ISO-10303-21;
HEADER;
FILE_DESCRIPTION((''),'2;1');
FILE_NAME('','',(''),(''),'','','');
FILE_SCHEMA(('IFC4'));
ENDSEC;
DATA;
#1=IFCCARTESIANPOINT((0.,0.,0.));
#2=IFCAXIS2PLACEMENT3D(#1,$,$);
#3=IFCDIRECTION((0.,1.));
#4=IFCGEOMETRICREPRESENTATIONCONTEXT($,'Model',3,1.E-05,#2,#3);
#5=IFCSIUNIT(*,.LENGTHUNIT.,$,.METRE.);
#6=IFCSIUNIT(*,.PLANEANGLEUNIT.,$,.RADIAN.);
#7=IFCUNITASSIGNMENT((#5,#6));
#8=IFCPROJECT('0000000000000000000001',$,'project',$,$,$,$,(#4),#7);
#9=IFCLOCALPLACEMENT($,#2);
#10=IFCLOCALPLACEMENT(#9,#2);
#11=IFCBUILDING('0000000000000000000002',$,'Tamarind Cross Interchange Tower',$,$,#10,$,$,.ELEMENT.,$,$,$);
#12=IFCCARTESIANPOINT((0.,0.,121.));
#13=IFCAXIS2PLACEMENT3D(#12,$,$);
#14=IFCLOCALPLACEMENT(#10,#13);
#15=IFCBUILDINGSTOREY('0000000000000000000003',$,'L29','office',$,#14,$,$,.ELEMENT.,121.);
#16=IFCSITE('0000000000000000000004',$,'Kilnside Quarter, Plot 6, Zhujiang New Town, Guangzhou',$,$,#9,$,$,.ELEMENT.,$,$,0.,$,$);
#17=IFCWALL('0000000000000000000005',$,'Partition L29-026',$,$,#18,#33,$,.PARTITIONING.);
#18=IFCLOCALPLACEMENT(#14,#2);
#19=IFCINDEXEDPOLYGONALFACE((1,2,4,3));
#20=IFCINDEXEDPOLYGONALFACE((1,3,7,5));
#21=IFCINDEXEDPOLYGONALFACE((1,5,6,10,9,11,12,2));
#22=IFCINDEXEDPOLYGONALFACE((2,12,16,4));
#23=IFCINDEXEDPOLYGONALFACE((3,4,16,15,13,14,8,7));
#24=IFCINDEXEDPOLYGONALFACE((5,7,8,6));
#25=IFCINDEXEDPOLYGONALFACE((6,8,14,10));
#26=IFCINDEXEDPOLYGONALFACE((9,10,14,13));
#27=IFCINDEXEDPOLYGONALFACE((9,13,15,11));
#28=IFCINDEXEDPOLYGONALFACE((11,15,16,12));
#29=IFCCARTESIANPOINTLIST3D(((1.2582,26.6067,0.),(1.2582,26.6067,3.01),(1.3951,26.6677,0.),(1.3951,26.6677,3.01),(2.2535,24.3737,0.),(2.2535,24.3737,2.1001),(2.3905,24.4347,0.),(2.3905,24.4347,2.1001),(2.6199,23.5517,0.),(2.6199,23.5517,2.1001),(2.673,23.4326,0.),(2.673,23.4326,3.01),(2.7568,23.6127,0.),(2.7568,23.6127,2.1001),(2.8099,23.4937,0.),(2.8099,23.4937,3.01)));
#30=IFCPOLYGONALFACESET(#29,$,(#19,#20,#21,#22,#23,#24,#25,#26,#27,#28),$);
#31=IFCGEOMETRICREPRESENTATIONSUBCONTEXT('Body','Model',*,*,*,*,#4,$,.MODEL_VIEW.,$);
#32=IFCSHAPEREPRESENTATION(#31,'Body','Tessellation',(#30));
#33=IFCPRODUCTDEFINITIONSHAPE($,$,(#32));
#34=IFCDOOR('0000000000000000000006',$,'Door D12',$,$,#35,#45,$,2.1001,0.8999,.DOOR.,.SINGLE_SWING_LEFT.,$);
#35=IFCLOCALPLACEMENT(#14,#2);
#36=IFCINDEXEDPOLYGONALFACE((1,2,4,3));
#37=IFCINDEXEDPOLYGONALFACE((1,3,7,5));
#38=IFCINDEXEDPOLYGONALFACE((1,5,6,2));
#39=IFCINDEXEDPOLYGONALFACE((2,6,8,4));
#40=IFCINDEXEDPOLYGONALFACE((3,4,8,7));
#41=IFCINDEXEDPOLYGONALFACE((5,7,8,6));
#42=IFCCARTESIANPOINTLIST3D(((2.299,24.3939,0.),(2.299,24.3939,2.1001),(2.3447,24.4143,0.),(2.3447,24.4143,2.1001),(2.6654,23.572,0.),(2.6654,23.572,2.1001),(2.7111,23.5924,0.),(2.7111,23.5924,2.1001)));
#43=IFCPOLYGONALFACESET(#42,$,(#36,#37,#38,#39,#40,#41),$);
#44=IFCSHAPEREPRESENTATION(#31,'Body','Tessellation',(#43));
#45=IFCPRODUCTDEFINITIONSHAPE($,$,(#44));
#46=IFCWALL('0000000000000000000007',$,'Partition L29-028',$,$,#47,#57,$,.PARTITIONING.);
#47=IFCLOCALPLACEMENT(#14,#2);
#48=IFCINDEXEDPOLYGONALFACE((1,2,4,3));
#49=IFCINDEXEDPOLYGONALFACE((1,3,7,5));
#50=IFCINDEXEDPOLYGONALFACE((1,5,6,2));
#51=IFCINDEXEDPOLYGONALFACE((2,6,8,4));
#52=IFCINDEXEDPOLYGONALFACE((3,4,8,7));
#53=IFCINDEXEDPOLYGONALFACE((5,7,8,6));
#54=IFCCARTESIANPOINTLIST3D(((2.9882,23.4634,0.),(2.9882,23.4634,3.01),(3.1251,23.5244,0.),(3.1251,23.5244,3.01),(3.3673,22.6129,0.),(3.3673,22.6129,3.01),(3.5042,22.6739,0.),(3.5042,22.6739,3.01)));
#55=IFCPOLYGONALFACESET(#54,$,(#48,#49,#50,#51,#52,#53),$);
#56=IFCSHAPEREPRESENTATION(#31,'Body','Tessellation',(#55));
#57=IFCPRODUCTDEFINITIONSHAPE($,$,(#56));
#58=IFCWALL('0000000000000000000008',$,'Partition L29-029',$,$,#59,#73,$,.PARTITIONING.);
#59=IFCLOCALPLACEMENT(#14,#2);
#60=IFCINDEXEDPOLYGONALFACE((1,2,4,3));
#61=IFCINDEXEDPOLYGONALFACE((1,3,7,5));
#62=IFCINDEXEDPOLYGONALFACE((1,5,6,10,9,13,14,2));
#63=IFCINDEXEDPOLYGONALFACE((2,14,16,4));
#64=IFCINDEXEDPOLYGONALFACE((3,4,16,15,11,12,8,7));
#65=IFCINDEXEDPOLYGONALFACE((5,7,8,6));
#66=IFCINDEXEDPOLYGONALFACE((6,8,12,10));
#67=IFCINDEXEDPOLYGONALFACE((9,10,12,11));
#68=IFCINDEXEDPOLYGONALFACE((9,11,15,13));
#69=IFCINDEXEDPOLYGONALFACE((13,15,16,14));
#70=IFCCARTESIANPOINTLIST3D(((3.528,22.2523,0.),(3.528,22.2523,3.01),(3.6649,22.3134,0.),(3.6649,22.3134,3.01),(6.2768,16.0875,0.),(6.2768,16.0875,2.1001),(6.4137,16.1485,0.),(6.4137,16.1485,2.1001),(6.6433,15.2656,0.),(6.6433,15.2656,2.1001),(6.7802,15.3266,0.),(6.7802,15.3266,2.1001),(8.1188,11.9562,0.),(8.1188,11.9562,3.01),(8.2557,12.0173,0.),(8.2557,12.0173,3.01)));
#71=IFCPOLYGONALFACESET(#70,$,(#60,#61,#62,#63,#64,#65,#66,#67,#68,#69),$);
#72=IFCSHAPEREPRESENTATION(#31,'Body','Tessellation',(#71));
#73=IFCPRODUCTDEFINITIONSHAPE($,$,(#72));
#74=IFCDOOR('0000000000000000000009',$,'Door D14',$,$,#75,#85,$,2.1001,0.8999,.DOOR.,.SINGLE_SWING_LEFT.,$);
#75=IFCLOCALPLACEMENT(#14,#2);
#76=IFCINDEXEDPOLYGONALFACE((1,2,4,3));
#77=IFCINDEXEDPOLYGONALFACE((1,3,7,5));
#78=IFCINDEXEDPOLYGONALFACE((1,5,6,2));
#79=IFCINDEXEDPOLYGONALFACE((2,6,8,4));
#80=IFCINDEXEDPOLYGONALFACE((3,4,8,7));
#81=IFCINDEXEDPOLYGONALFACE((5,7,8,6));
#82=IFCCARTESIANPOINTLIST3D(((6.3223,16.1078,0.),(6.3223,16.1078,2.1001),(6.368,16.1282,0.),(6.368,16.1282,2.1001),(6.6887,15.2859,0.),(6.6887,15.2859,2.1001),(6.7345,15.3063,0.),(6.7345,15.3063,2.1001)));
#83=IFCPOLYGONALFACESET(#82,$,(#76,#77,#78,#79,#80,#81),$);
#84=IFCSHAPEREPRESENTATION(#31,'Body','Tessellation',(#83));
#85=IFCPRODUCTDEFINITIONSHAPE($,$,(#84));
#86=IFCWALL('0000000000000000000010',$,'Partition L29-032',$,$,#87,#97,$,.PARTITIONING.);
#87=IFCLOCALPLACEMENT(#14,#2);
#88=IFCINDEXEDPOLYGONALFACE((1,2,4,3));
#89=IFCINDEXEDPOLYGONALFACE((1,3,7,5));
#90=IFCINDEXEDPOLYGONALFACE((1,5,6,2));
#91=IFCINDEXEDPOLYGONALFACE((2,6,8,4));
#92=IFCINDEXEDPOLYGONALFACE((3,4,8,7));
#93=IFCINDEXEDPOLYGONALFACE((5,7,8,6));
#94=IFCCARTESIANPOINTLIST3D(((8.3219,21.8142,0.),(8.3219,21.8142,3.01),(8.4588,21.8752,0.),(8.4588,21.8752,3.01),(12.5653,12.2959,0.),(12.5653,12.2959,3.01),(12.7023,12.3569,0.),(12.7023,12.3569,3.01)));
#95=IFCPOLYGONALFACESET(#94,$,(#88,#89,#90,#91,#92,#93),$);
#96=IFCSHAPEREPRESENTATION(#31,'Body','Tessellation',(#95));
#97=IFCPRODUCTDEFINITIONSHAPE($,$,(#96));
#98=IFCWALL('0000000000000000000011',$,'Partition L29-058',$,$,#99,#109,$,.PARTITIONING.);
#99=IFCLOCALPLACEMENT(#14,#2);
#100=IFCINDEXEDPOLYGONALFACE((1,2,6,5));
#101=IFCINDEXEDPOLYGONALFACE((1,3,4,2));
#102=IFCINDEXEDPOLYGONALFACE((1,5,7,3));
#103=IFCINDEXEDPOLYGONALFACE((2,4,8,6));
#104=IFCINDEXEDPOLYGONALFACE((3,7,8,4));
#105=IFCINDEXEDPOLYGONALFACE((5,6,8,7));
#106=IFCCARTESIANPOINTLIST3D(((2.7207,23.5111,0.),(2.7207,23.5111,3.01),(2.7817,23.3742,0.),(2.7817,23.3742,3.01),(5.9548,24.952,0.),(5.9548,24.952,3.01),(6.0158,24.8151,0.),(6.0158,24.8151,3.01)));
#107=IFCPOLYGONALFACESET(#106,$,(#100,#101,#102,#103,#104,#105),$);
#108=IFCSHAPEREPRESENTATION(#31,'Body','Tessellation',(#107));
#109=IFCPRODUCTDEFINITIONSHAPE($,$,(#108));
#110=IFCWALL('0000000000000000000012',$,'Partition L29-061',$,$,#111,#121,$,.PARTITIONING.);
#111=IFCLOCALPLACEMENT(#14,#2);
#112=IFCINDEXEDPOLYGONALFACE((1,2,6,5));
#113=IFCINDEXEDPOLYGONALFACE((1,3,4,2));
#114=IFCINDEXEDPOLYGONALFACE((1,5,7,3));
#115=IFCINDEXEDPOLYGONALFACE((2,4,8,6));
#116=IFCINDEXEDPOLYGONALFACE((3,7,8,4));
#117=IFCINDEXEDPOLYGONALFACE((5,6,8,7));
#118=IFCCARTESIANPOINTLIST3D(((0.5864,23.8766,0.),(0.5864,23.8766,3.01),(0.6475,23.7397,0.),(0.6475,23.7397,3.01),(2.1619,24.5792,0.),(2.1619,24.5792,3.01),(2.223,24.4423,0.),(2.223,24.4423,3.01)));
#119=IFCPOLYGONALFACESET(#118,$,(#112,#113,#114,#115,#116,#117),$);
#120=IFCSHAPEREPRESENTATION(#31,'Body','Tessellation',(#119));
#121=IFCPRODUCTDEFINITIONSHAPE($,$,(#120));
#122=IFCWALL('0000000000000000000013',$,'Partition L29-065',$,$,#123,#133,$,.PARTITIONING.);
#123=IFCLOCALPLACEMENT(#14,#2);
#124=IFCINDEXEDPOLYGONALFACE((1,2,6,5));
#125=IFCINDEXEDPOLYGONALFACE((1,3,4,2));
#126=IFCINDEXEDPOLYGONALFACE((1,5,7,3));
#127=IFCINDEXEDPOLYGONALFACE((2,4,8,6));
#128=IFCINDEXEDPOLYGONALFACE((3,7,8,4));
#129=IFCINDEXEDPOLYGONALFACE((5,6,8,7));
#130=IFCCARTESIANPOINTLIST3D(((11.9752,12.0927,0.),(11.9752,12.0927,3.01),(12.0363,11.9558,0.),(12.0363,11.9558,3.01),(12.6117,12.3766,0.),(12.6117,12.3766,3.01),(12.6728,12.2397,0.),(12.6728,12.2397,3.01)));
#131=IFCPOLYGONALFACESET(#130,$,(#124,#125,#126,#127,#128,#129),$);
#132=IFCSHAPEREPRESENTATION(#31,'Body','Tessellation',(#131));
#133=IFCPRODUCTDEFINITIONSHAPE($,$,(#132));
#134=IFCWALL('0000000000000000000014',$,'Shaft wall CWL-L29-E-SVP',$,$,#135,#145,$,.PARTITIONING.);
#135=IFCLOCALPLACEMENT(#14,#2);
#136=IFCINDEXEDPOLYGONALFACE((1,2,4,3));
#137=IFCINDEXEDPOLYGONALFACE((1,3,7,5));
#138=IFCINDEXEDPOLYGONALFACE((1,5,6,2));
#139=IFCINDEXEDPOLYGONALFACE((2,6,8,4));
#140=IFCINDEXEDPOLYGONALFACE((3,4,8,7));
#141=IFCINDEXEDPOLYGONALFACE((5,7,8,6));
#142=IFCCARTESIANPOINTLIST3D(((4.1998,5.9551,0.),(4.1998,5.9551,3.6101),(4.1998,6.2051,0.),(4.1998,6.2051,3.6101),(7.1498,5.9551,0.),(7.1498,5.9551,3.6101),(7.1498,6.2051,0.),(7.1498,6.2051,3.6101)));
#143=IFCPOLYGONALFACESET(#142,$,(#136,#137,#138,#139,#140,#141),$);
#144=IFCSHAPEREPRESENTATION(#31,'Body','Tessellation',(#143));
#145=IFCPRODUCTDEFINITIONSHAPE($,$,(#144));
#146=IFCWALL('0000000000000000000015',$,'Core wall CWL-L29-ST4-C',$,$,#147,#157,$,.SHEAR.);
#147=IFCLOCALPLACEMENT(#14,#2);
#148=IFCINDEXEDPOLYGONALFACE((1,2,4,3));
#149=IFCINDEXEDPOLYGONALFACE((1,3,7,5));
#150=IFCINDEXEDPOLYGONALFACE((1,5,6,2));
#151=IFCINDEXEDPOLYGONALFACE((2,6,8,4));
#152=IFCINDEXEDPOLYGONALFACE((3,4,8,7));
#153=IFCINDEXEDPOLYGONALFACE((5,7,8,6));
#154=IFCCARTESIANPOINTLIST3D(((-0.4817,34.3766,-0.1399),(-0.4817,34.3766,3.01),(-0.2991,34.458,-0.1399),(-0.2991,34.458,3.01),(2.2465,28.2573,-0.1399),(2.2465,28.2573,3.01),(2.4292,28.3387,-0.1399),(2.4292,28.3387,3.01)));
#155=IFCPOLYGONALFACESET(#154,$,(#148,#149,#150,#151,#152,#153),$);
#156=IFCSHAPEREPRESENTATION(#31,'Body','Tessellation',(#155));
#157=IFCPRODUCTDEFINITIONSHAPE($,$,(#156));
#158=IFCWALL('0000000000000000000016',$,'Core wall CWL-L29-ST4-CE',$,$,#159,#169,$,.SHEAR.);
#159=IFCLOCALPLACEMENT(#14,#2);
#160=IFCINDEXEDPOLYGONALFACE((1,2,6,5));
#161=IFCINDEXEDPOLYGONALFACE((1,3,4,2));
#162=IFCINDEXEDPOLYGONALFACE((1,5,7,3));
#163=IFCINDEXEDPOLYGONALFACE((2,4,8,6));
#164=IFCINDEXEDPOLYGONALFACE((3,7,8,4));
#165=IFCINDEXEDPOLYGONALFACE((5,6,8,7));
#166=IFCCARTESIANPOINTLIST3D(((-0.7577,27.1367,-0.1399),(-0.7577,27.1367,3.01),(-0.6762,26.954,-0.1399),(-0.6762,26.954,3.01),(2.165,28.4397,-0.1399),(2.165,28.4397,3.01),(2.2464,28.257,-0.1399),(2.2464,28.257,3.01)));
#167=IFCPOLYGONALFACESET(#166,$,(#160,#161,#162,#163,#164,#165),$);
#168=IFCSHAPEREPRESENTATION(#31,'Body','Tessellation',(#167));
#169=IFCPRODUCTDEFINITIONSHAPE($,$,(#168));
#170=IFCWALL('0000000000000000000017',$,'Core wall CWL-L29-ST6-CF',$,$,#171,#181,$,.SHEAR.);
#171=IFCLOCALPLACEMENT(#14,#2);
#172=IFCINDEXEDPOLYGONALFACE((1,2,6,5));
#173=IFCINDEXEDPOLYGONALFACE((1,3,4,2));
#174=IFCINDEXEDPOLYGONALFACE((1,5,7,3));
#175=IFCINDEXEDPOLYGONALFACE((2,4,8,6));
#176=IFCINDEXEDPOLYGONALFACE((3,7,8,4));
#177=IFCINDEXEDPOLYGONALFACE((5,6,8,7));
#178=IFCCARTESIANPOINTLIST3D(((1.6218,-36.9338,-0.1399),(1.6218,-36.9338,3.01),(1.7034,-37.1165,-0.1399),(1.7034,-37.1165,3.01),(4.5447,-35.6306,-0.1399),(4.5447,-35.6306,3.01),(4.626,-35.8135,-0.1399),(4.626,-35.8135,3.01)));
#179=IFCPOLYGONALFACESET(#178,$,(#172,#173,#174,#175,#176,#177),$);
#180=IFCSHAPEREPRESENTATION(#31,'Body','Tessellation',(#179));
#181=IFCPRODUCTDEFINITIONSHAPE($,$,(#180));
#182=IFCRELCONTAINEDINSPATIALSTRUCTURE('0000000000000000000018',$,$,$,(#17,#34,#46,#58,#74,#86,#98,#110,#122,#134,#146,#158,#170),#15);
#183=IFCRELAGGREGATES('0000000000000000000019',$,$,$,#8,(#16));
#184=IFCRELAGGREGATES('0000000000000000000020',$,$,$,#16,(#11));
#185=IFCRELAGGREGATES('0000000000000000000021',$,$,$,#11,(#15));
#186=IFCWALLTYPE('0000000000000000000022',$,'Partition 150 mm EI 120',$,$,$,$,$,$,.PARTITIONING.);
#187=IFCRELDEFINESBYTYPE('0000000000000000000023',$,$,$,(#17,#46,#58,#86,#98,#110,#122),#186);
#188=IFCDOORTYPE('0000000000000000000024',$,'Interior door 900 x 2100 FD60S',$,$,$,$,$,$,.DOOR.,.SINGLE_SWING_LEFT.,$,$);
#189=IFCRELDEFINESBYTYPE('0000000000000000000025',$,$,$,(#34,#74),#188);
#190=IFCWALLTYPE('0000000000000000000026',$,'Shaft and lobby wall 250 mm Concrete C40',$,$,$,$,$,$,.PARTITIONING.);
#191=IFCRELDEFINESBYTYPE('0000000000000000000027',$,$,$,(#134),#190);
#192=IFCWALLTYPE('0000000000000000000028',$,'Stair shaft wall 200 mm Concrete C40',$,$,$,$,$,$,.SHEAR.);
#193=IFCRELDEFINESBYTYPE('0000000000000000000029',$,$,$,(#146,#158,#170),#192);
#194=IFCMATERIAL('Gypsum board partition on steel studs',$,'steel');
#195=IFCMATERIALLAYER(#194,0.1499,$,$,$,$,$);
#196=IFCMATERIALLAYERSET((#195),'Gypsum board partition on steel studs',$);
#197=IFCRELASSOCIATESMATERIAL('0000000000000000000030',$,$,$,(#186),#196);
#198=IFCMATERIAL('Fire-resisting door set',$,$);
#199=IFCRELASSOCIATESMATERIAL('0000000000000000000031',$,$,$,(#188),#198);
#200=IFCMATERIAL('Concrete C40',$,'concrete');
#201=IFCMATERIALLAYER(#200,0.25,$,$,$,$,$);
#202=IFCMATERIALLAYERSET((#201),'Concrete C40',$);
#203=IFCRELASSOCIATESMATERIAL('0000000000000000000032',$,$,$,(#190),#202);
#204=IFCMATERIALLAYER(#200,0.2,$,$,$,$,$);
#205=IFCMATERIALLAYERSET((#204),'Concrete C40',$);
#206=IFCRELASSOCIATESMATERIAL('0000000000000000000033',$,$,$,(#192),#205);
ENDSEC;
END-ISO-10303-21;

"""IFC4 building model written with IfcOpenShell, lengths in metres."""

from ifc_helpers import new_model, si_unit, direction, frame, frame_2d, origin, place, context, subcontext, project, spatial, polyline, rectangle, outline, extrude, material, layer, layer_set, type_object, element, fill, save


model = new_model("IFC4")

# Units and contexts
model_context = context("Model", 3, precision=1e-05, world=origin(), true_north=direction((0.0, 1.0)))
body_context = subcontext(model_context, "Body", "Model", "MODEL_VIEW")
ifc_project = project(units=[si_unit("LENGTHUNIT", "METRE"), si_unit("PLANEANGLEUNIT", "RADIAN")], contexts=[model_context])

# Site, building, storey
site_placement = place(None, origin())
site = spatial("IfcSite", under=ifc_project, at=site_placement, Name="Kilnside Quarter, Plot 6, Zhujiang New Town, Guangzhou", CompositionType="ELEMENT", RefElevation=0.0)
building_placement = place(site_placement, origin())
building = spatial("IfcBuilding", under=site, at=building_placement, Name="Tamarind Cross Interchange Tower", CompositionType="ELEMENT")
storey_placement = place(building_placement, frame((0.0, 0.0, 121.0)))
storey = spatial("IfcBuildingStorey", under=building, at=storey_placement, Name="L29", Description="office", CompositionType="ELEMENT", Elevation=121.0)

# Shared definitions
ifc_material_1 = material(Name="Concrete C40", Category="concrete")

# Shared definitions
ifc_material_2 = material(Name="Gypsum board partition on steel studs", Category="steel")

# Wall, opening, door
ifc_layer_1 = layer(ifc_material_2, 0.1499)
ifc_layer_set_1 = layer_set([ifc_layer_1], Name="Gypsum board partition on steel studs")
wall_type_1 = type_object("IfcWallType", Name="Partition 150 mm EI 120", PredefinedType="PARTITIONING", material=ifc_layer_set_1)
wall_1_placement = place(storey_placement, frame((1.3267, 26.6372, 0.0), z_axis=(0.0, 0.0, 1.0), x_axis=(0.407123, -0.913374, 0.0)))
wall_1 = element("IfcWall", 1, at=wall_1_placement, inside=storey, type_object=wall_type_1, Name="Partition L29-026", PredefinedType="PARTITIONING", context=body_context, shape_type="SweptSolid", body=[
    extrude(rectangle(XDim=3.4751, YDim=0.1499, at=frame_2d((1.7375, 0.0))), origin(), (0.0, 0.0, 1.0), 3.01),
])
opening_1_placement = place(wall_1_placement, frame((2.4448, 0.0, 0.0)))
opening_1 = element("IfcOpeningElement", 2, at=opening_1_placement, cuts=wall_1, PredefinedType="OPENING", context=body_context, shape_type="SweptSolid", body=[
    extrude(rectangle(XDim=0.8999, YDim=2.1001, at=frame_2d((0.45, 1.05))), frame((0.0, 0.085, 0.0), z_axis=(0.0, -1.0, 0.0), x_axis=(1.0, 0.0, 0.0)), (0.0, 0.0, 1.0), 0.1699),
])
ifc_material_3 = material(Name="Fire-resisting door set")
door_type = type_object("IfcDoorType", Name="Interior door 900 x 2100 FD60S", OperationType="SINGLE_SWING_LEFT", PredefinedType="DOOR", material=ifc_material_3)
door_1_placement = place(opening_1_placement, origin())
door_1 = element("IfcDoor", 3, at=door_1_placement, inside=storey, type_object=door_type, Name="Door D12", OperationType="SINGLE_SWING_LEFT", OverallHeight=2.1001, OverallWidth=0.8999, PredefinedType="DOOR", context=body_context, shape_type="SweptSolid", body=[
    extrude(rectangle(XDim=0.8999, YDim=2.1001, at=frame_2d((0.45, 1.05))), frame((0.0, 0.0249, 0.0), z_axis=(0.0, -1.0, 0.0), x_axis=(1.0, 0.0, 0.0)), (0.0, 0.0, 1.0), 0.05),
])
fill(opening_1, door_1)

# Wall
wall_2_placement = place(storey_placement, frame((3.0566, 23.4939, 0.0), z_axis=(0.0, 0.0, 1.0), x_axis=(0.407136, -0.913368, 0.0)))
element("IfcWall", 4, at=wall_2_placement, inside=storey, type_object=wall_type_1, Name="Partition L29-028", PredefinedType="PARTITIONING", context=body_context, shape_type="SweptSolid", body=[
    extrude(rectangle(XDim=0.9312, YDim=0.1499, at=frame_2d((0.4656, 0.0))), origin(), (0.0, 0.0, 1.0), 3.01),
])

# Wall, opening, door
wall_3_placement = place(storey_placement, frame((3.5964, 22.283, 0.0), z_axis=(0.0, 0.0, 1.0), x_axis=(0.407231, -0.913325, 0.0)))
wall_3 = element("IfcWall", 5, at=wall_3_placement, inside=storey, type_object=wall_type_1, Name="Partition L29-029", PredefinedType="PARTITIONING", context=body_context, shape_type="SweptSolid", body=[
    extrude(rectangle(XDim=11.2732, YDim=0.1499, at=frame_2d((5.6367, 0.0))), origin(), (0.0, 0.0, 1.0), 3.01),
])
opening_2_placement = place(wall_3_placement, frame((6.75, 0.0, 0.0)))
opening_2 = element("IfcOpeningElement", 6, at=opening_2_placement, cuts=wall_3, PredefinedType="OPENING", context=body_context, shape_type="SweptSolid", body=[
    extrude(rectangle(XDim=0.8999, YDim=2.1001, at=frame_2d((0.45, 1.05))), frame((0.0, 0.085, 0.0), z_axis=(0.0, -1.0, 0.0), x_axis=(1.0, 0.0, 0.0)), (0.0, 0.0, 1.0), 0.1699),
])
door_2_placement = place(opening_2_placement, origin())
door_2 = element("IfcDoor", 7, at=door_2_placement, inside=storey, type_object=door_type, Name="Door D14", OperationType="SINGLE_SWING_LEFT", OverallHeight=2.1001, OverallWidth=0.8999, PredefinedType="DOOR", context=body_context, shape_type="SweptSolid", body=[
    extrude(rectangle(XDim=0.8999, YDim=2.1001, at=frame_2d((0.45, 1.05))), frame((0.0, 0.0249, 0.0), z_axis=(0.0, -1.0, 0.0), x_axis=(1.0, 0.0, 0.0)), (0.0, 0.0, 1.0), 0.05),
])
fill(opening_2, door_2)

# Walls
wall_4_placement = place(storey_placement, frame((8.3904, 21.8447, 0.0), z_axis=(0.0, 0.0, 1.0), x_axis=(0.407184, -0.913346, 0.0)))
element("IfcWall", 8, at=wall_4_placement, inside=storey, type_object=wall_type_1, Name="Partition L29-032", PredefinedType="PARTITIONING", context=body_context, shape_type="SweptSolid", body=[
    extrude(rectangle(XDim=10.4214, YDim=0.1499, at=frame_2d((5.2107, 0.0))), origin(), (0.0, 0.0, 1.0), 3.01),
])
wall_5_placement = place(storey_placement, frame((2.7512, 23.4426, 0.0), z_axis=(0.0, 0.0, 1.0), x_axis=(0.913442, 0.40697, 0.0)))
element("IfcWall", 9, at=wall_5_placement, inside=storey, type_object=wall_type_1, Name="Partition L29-058", PredefinedType="PARTITIONING", context=body_context, shape_type="SweptSolid", body=[
    extrude(rectangle(XDim=3.5405, YDim=0.1499, at=frame_2d((1.7703, 0.0))), origin(), (0.0, 0.0, 1.0), 3.01),
])
wall_6_placement = place(storey_placement, frame((0.6169, 23.8081, 0.0), z_axis=(0.0, 0.0, 1.0), x_axis=(0.913286, 0.40732, 0.0)))
element("IfcWall", 10, at=wall_6_placement, inside=storey, type_object=wall_type_1, Name="Partition L29-061", PredefinedType="PARTITIONING", context=body_context, shape_type="SweptSolid", body=[
    extrude(rectangle(XDim=1.7251, YDim=0.1499, at=frame_2d((0.8625, 0.0))), origin(), (0.0, 0.0, 1.0), 3.01),
])
wall_7_placement = place(storey_placement, frame((12.0056, 12.0242, 0.0), z_axis=(0.0, 0.0, 1.0), x_axis=(0.913247, 0.407406, 0.0)))
element("IfcWall", 11, at=wall_7_placement, inside=storey, type_object=wall_type_1, Name="Partition L29-065", PredefinedType="PARTITIONING", context=body_context, shape_type="SweptSolid", body=[
    extrude(rectangle(XDim=0.697, YDim=0.1499, at=frame_2d((0.3486, 0.0))), origin(), (0.0, 0.0, 1.0), 3.01),
])
ifc_layer_2 = layer(ifc_material_1, 0.25)
ifc_layer_set_2 = layer_set([ifc_layer_2], Name="Concrete C40")
wall_type_2 = type_object("IfcWallType", Name="Shaft and lobby wall 250 mm Concrete C40", PredefinedType="PARTITIONING", material=ifc_layer_set_2)
wall_8_placement = place(storey_placement, frame((7.1499, 6.0801, 0.0), z_axis=(0.0, 0.0, 1.0), x_axis=(-1.0, 0.0, 0.0)))
element("IfcWall", 12, at=wall_8_placement, inside=storey, type_object=wall_type_2, Name="Shaft wall CWL-L29-E-SVP", PredefinedType="PARTITIONING", context=body_context, shape_type="SweptSolid", body=[
    extrude(rectangle(XDim=2.95, YDim=0.25, at=frame_2d((1.4751, 0.0))), origin(), (0.0, 0.0, 1.0), 3.6101),
])
ifc_layer_3 = layer(ifc_material_1, 0.2)
ifc_layer_set_3 = layer_set([ifc_layer_3], Name="Concrete C40")
wall_type_3 = type_object("IfcWallType", Name="Stair shaft wall 200 mm Concrete C40", PredefinedType="SHEAR", material=ifc_layer_set_3)
wall_9_placement = place(storey_placement, frame((2.3379, 28.2979, -0.1399), z_axis=(0.0, 0.0, 1.0), x_axis=(-0.407203, 0.913338, 0.0)))
element("IfcWall", 13, at=wall_9_placement, inside=storey, type_object=wall_type_3, Name="Core wall CWL-L29-ST4-C", PredefinedType="SHEAR", context=body_context, shape_type="SweptSolid", body=[
    extrude(rectangle(XDim=6.7, YDim=0.2, at=frame_2d((3.3501, 0.0))), origin(), (0.0, 0.0, 1.0), 3.1499),
])
wall_10_placement = place(storey_placement, frame((2.2058, 28.3484, -0.1399), z_axis=(0.0, 0.0, 1.0), x_axis=(-0.913342, -0.407193, 0.0)))
element("IfcWall", 14, at=wall_10_placement, inside=storey, type_object=wall_type_3, Name="Core wall CWL-L29-ST4-CE", PredefinedType="SHEAR", context=body_context, shape_type="SweptSolid", body=[
    extrude(rectangle(XDim=3.2, YDim=0.2, at=frame_2d((1.6001, 0.0))), origin(), (0.0, 0.0, 1.0), 3.1499),
])
wall_11_placement = place(storey_placement, frame((0.0, 0.0, -0.1399)))
element("IfcWall", 15, at=wall_11_placement, inside=storey, type_object=wall_type_3, Name="Core wall CWL-L29-ST6-CF", PredefinedType="SHEAR", context=body_context, shape_type="SweptSolid", body=[
    extrude(outline(polyline([(1.6218, -36.9338), (1.7034, -37.1165), (4.626, -35.8135), (4.5447, -35.6306), (1.6218, -36.9338)])), origin(), (0.0, 0.0, 1.0), 3.1499),
])

save(model, "model.ifc")
